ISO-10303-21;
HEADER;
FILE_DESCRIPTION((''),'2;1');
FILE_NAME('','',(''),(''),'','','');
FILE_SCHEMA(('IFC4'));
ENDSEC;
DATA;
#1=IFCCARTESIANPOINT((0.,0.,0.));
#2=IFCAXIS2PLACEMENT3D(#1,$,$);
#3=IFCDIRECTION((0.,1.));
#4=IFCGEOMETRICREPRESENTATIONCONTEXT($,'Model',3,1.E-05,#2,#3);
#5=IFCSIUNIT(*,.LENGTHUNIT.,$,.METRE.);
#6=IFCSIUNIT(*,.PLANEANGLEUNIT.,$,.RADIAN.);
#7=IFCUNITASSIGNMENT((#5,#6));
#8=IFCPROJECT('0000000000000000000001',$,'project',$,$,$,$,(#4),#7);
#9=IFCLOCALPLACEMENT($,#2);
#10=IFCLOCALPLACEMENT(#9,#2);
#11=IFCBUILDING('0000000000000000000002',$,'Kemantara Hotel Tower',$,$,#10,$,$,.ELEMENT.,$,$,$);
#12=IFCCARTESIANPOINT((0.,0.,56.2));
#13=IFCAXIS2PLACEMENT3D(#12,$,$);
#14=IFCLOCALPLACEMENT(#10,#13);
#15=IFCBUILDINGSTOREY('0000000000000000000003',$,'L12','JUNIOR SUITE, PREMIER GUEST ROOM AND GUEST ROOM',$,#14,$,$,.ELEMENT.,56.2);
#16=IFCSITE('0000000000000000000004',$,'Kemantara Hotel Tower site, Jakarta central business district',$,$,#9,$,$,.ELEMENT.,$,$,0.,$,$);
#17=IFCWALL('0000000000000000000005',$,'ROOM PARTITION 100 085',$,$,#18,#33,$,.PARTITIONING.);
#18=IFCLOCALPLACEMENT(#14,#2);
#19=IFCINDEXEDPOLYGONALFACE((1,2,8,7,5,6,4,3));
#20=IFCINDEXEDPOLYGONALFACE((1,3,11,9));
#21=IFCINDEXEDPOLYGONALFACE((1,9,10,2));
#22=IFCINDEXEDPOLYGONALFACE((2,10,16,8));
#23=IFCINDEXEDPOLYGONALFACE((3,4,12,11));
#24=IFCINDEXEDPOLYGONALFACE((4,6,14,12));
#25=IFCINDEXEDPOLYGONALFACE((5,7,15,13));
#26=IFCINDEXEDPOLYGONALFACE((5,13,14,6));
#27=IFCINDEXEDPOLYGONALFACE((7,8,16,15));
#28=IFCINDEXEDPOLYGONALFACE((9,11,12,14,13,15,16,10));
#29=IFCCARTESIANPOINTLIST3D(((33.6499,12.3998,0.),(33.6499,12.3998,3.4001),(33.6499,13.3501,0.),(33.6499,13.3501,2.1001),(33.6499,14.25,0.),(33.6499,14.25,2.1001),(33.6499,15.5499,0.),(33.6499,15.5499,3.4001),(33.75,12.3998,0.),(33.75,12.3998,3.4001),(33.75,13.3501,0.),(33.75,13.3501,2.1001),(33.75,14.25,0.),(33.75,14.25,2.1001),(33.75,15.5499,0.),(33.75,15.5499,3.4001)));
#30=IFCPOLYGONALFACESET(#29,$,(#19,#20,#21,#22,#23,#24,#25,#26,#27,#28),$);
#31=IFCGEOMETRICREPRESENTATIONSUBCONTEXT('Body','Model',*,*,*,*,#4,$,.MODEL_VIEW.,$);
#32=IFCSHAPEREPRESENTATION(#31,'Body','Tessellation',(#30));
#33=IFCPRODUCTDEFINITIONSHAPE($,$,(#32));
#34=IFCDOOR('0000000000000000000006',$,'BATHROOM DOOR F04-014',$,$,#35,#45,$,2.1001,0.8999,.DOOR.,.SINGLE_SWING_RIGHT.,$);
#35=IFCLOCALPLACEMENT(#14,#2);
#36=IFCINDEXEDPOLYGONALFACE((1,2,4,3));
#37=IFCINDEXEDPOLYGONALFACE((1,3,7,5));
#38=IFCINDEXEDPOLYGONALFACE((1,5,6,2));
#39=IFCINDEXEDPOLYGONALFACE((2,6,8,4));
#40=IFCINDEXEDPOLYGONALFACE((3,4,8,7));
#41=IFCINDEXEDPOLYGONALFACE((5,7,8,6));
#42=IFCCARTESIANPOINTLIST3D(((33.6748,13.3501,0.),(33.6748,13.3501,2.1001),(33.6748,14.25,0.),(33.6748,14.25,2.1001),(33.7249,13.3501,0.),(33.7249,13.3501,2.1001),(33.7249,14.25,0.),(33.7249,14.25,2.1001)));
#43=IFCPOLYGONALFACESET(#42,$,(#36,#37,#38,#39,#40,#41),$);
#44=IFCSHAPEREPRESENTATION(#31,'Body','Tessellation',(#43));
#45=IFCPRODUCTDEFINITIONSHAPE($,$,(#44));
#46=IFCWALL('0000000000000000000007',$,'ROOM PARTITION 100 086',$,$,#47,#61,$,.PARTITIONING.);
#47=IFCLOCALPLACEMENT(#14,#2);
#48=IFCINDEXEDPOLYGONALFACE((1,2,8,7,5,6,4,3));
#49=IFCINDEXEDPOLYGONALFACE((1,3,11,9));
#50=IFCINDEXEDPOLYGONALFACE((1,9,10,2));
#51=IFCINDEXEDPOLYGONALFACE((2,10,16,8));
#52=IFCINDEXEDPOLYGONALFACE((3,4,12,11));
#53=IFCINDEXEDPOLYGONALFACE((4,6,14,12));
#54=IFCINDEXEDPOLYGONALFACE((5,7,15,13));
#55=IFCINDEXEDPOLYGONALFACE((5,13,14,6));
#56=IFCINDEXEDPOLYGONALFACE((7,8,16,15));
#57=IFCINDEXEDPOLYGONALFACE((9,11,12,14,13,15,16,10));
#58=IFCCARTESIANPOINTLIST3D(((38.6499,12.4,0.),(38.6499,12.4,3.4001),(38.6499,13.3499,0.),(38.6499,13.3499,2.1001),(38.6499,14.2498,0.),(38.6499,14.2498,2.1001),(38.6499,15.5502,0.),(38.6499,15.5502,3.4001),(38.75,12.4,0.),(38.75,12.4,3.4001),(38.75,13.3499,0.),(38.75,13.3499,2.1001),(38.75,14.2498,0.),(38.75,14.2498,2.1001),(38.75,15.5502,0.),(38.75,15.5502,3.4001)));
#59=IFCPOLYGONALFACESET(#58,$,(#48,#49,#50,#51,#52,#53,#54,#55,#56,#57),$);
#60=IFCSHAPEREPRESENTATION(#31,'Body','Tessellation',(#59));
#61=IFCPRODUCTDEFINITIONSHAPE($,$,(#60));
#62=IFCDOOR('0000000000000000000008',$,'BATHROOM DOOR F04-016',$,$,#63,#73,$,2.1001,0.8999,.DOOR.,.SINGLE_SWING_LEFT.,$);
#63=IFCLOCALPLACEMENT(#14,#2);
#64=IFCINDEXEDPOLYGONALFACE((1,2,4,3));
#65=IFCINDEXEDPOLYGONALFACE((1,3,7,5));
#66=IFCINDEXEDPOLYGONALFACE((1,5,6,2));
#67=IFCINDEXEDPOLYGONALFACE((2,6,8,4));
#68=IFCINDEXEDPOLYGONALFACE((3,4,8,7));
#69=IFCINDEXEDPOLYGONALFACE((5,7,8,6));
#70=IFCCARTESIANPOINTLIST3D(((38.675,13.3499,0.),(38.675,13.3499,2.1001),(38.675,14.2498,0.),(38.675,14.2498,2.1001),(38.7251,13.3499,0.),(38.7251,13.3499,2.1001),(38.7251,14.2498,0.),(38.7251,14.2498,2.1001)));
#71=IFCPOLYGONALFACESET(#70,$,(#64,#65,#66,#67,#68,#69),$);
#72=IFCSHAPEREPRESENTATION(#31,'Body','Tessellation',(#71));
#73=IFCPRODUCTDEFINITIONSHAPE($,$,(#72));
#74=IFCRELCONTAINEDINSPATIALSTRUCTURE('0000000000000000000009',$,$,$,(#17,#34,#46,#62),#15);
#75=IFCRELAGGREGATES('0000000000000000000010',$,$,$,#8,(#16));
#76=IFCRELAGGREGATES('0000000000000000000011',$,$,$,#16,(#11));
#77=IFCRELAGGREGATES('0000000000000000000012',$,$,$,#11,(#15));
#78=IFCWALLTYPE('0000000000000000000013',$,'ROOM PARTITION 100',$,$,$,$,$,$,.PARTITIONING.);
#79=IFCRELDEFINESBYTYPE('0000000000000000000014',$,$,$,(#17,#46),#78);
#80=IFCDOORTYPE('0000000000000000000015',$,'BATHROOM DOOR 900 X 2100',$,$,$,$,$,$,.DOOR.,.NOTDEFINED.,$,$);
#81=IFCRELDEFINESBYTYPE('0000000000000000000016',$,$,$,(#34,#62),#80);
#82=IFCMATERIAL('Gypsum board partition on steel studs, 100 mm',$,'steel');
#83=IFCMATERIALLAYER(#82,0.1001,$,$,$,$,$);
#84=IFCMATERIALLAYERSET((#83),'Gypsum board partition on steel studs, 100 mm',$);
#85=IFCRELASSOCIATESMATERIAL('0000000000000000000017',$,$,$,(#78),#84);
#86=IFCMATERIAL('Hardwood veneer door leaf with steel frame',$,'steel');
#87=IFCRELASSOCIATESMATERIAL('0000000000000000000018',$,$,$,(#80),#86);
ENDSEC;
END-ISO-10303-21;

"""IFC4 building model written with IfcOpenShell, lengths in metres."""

from ifc_helpers import new_model, si_unit, direction, frame, frame_2d, origin, place, context, subcontext, project, spatial, rectangle, extrude, material, layer, layer_set, type_object, element, fill, save


model = new_model("IFC4")

# Units and contexts
model_context = context("Model", 3, precision=1e-05, world=origin(), true_north=direction((0.0, 1.0)))
body_context = subcontext(model_context, "Body", "Model", "MODEL_VIEW")
ifc_project = project(units=[si_unit("LENGTHUNIT", "METRE"), si_unit("PLANEANGLEUNIT", "RADIAN")], contexts=[model_context])

# Site, building, storey
site_placement = place(None, origin())
site = spatial("IfcSite", under=ifc_project, at=site_placement, Name="Kemantara Hotel Tower site, Jakarta central business district", CompositionType="ELEMENT", RefElevation=0.0)
building_placement = place(site_placement, origin())
building = spatial("IfcBuilding", under=site, at=building_placement, Name="Kemantara Hotel Tower", CompositionType="ELEMENT")
storey_placement = place(building_placement, frame((0.0, 0.0, 56.2)))
storey = spatial("IfcBuildingStorey", under=building, at=storey_placement, Name="L12", Description="JUNIOR SUITE, PREMIER GUEST ROOM AND GUEST ROOM", CompositionType="ELEMENT", Elevation=56.2)

# Shared definitions
ifc_material_1 = material(Name="Hardwood veneer door leaf with steel frame", Category="steel")

# Shared definitions
ifc_material_2 = material(Name="Gypsum board partition on steel studs, 100 mm", Category="steel")
ifc_layer_1 = layer(ifc_material_2, 0.1001)
ifc_layer_set_1 = layer_set([ifc_layer_1], Name="Gypsum board partition on steel studs, 100 mm")
wall_type_1 = type_object("IfcWallType", Name="ROOM PARTITION 100", PredefinedType="PARTITIONING", material=ifc_layer_set_1)
door_type_1 = type_object("IfcDoorType", Name="BATHROOM DOOR 900 X 2100", OperationType="NOTDEFINED", PredefinedType="DOOR", material=ifc_material_1)

# Walls, openings, doors
wall_1_placement = place(storey_placement, frame((33.7, 15.55, 0.0), z_axis=(0.0, 0.0, 1.0), x_axis=(0.0, -1.0, 0.0)))
wall_1 = element("IfcWall", 1, at=wall_1_placement, inside=storey, type_object=wall_type_1, Name="ROOM PARTITION 100 085", PredefinedType="PARTITIONING", context=body_context, shape_type="SweptSolid", body=[
    extrude(rectangle(XDim=3.1501, YDim=0.1001, at=frame_2d((1.5752, 0.0))), origin(), (0.0, 0.0, 1.0), 3.4001),
])
opening_1_placement = place(wall_1_placement, frame((1.3, 0.0, 0.0)))
opening_1 = element("IfcOpeningElement", 2, at=opening_1_placement, cuts=wall_1, PredefinedType="OPENING", context=body_context, shape_type="SweptSolid", body=[
    extrude(rectangle(XDim=0.8999, YDim=2.1001, at=frame_2d((0.45, 1.05))), frame((0.0, 0.0601, 0.0), z_axis=(0.0, -1.0, 0.0), x_axis=(1.0, 0.0, 0.0)), (0.0, 0.0, 1.0), 0.1201),
])
door_1_placement = place(opening_1_placement, origin())
door_1 = element("IfcDoor", 3, at=door_1_placement, inside=storey, type_object=door_type_1, Name="BATHROOM DOOR F04-014", OperationType="SINGLE_SWING_RIGHT", OverallHeight=2.1001, OverallWidth=0.8999, PredefinedType="DOOR", context=body_context, shape_type="SweptSolid", body=[
    extrude(rectangle(XDim=0.8999, YDim=2.1001, at=frame_2d((0.45, 1.05))), frame((0.0, 0.0249, 0.0), z_axis=(0.0, -1.0, 0.0), x_axis=(1.0, 0.0, 0.0)), (0.0, 0.0, 1.0), 0.05),
])
fill(opening_1, door_1)
wall_2_placement = place(storey_placement, frame((38.7, 12.3999, 0.0), z_axis=(0.0, 0.0, 1.0), x_axis=(0.0, 1.0, 0.0)))
wall_2 = element("IfcWall", 4, at=wall_2_placement, inside=storey, type_object=wall_type_1, Name="ROOM PARTITION 100 086", PredefinedType="PARTITIONING", context=body_context, shape_type="SweptSolid", body=[
    extrude(rectangle(XDim=3.1501, YDim=0.1001, at=frame_2d((1.5752, 0.0))), origin(), (0.0, 0.0, 1.0), 3.4001),
])
opening_2_placement = place(wall_2_placement, frame((0.95, 0.0, 0.0)))
opening_2 = element("IfcOpeningElement", 5, at=opening_2_placement, cuts=wall_2, PredefinedType="OPENING", context=body_context, shape_type="SweptSolid", body=[
    extrude(rectangle(XDim=0.8999, YDim=2.1001, at=frame_2d((0.45, 1.05))), frame((0.0, 0.0601, 0.0), z_axis=(0.0, -1.0, 0.0), x_axis=(1.0, 0.0, 0.0)), (0.0, 0.0, 1.0), 0.1201),
])
door_2_placement = place(opening_2_placement, origin())
door_2 = element("IfcDoor", 6, at=door_2_placement, inside=storey, type_object=door_type_1, Name="BATHROOM DOOR F04-016", OperationType="SINGLE_SWING_LEFT", OverallHeight=2.1001, OverallWidth=0.8999, PredefinedType="DOOR", context=body_context, shape_type="SweptSolid", body=[
    extrude(rectangle(XDim=0.8999, YDim=2.1001, at=frame_2d((0.45, 1.05))), frame((0.0, 0.0249, 0.0), z_axis=(0.0, -1.0, 0.0), x_axis=(1.0, 0.0, 0.0)), (0.0, 0.0, 1.0), 0.05),
])
fill(opening_2, door_2)

save(model, "model.ifc")
